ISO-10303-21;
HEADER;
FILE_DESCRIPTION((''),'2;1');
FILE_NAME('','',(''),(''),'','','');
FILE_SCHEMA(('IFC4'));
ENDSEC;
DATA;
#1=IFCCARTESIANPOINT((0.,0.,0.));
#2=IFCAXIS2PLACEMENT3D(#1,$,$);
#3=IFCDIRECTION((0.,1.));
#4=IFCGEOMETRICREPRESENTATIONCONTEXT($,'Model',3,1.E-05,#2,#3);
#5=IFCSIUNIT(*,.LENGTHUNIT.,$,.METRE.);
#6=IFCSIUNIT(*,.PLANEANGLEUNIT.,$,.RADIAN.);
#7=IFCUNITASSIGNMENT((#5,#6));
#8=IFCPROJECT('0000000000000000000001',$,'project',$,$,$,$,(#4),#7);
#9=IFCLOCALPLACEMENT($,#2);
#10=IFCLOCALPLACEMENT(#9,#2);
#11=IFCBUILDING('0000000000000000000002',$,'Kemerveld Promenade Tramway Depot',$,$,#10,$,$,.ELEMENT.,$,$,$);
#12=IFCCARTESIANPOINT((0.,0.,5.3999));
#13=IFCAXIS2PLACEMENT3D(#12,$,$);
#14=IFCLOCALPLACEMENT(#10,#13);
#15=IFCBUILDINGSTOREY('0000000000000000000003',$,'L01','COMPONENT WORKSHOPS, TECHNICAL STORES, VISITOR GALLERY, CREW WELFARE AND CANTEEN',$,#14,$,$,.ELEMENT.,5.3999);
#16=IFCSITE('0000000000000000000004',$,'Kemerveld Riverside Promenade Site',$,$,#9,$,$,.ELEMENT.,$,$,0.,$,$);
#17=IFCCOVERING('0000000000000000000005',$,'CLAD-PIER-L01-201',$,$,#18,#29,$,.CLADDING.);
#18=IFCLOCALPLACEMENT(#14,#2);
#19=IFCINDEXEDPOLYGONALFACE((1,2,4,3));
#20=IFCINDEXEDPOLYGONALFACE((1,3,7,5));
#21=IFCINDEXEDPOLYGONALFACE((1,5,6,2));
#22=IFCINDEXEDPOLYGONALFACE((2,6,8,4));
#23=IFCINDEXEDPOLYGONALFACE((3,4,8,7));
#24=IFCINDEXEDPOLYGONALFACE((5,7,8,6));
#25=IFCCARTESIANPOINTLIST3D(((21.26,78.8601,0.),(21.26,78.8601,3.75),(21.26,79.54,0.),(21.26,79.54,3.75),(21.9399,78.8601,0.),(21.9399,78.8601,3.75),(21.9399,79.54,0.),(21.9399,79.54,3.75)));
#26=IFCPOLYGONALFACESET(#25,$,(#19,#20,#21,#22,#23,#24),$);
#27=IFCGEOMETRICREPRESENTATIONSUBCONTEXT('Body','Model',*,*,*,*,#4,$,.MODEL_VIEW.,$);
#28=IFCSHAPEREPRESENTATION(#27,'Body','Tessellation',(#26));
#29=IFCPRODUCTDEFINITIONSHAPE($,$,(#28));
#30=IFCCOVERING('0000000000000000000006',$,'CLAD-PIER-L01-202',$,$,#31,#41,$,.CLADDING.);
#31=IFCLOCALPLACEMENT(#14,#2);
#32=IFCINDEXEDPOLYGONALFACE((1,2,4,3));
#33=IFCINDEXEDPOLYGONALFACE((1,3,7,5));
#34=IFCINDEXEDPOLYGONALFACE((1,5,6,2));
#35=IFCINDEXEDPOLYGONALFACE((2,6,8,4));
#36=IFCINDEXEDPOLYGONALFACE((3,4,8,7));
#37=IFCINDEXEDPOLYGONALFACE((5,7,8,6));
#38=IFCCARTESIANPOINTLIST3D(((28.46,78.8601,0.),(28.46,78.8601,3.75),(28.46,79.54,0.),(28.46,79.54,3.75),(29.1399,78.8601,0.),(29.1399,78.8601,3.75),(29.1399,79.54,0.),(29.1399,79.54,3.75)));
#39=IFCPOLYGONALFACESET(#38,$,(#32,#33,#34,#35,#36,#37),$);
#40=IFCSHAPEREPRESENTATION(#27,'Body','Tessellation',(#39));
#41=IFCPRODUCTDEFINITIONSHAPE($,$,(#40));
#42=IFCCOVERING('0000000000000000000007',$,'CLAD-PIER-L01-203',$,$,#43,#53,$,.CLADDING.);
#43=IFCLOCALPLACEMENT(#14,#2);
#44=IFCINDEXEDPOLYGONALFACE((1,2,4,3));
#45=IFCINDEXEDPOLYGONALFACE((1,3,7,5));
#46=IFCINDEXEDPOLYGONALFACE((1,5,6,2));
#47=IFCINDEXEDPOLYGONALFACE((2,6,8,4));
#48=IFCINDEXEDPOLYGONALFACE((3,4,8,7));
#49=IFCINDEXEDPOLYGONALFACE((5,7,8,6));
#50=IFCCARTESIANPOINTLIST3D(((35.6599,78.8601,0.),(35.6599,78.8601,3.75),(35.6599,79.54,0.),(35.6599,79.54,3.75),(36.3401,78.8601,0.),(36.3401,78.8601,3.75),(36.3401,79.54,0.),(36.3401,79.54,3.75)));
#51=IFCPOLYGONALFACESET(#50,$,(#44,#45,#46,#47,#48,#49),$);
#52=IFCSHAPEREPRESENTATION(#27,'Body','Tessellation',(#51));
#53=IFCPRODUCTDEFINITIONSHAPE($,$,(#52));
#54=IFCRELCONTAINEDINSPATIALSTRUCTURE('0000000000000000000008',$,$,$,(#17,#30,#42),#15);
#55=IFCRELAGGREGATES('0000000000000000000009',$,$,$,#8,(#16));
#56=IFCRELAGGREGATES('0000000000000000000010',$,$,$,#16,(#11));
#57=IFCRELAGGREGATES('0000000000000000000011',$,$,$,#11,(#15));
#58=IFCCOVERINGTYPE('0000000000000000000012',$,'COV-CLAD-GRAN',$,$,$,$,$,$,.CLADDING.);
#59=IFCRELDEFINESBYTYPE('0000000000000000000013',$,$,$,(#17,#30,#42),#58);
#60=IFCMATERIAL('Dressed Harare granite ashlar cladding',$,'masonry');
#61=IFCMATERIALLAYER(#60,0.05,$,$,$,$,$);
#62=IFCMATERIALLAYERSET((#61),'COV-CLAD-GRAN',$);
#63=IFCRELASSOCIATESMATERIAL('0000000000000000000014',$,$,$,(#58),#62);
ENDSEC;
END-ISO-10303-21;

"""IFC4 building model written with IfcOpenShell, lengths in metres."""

from ifc_helpers import new_model, si_unit, direction, frame, origin, place, context, subcontext, project, spatial, polyline, outline, extrude, material, layer, layer_set, type_object, element, save


model = new_model("IFC4")

# Units and contexts
model_context = context("Model", 3, precision=1e-05, world=origin(), true_north=direction((0.0, 1.0)))
body_context = subcontext(model_context, "Body", "Model", "MODEL_VIEW")
ifc_project = project(units=[si_unit("LENGTHUNIT", "METRE"), si_unit("PLANEANGLEUNIT", "RADIAN")], contexts=[model_context])

# Site, building, storey
site_placement = place(None, origin())
site = spatial("IfcSite", under=ifc_project, at=site_placement, Name="Kemerveld Riverside Promenade Site", CompositionType="ELEMENT", RefElevation=0.0)
building_placement = place(site_placement, origin())
building = spatial("IfcBuilding", under=site, at=building_placement, Name="Kemerveld Promenade Tramway Depot", CompositionType="ELEMENT")
storey_placement = place(building_placement, frame((0.0, 0.0, 5.3999)))
storey = spatial("IfcBuildingStorey", under=building, at=storey_placement, Name="L01", Description="COMPONENT WORKSHOPS, TECHNICAL STORES, VISITOR GALLERY, CREW WELFARE AND CANTEEN", CompositionType="ELEMENT", Elevation=5.3999)

# Coverings
ifc_material_1 = material(Name="Dressed Harare granite ashlar cladding", Category="masonry")
ifc_layer_1 = layer(ifc_material_1, 0.05)
ifc_layer_set_1 = layer_set([ifc_layer_1], Name="COV-CLAD-GRAN")
covering_type = type_object("IfcCoveringType", Name="COV-CLAD-GRAN", PredefinedType="CLADDING", material=ifc_layer_set_1)
covering_1_placement = place(storey_placement, origin())
element("IfcCovering", 1, at=covering_1_placement, inside=storey, type_object=covering_type, Name="CLAD-PIER-L01-201", PredefinedType="CLADDING", context=body_context, shape_type="SweptSolid", body=[
    extrude(outline(polyline([(21.26, 78.8601), (21.9399, 78.8601), (21.9399, 79.54), (21.26, 79.54), (21.26, 78.8601)])), origin(), (0.0, 0.0, 1.0), 3.75),
])
covering_2_placement = place(storey_placement, origin())
element("IfcCovering", 2, at=covering_2_placement, inside=storey, type_object=covering_type, Name="CLAD-PIER-L01-202", PredefinedType="CLADDING", context=body_context, shape_type="SweptSolid", body=[
    extrude(outline(polyline([(28.46, 78.8601), (29.1399, 78.8601), (29.1399, 79.54), (28.46, 79.54), (28.46, 78.8601)])), origin(), (0.0, 0.0, 1.0), 3.75),
])
covering_3_placement = place(storey_placement, origin())
element("IfcCovering", 3, at=covering_3_placement, inside=storey, type_object=covering_type, Name="CLAD-PIER-L01-203", PredefinedType="CLADDING", context=body_context, shape_type="SweptSolid", body=[
    extrude(outline(polyline([(35.6599, 78.8601), (36.3401, 78.8601), (36.3401, 79.54), (35.6599, 79.54), (35.6599, 78.8601)])), origin(), (0.0, 0.0, 1.0), 3.75),
])

save(model, "model.ifc")
